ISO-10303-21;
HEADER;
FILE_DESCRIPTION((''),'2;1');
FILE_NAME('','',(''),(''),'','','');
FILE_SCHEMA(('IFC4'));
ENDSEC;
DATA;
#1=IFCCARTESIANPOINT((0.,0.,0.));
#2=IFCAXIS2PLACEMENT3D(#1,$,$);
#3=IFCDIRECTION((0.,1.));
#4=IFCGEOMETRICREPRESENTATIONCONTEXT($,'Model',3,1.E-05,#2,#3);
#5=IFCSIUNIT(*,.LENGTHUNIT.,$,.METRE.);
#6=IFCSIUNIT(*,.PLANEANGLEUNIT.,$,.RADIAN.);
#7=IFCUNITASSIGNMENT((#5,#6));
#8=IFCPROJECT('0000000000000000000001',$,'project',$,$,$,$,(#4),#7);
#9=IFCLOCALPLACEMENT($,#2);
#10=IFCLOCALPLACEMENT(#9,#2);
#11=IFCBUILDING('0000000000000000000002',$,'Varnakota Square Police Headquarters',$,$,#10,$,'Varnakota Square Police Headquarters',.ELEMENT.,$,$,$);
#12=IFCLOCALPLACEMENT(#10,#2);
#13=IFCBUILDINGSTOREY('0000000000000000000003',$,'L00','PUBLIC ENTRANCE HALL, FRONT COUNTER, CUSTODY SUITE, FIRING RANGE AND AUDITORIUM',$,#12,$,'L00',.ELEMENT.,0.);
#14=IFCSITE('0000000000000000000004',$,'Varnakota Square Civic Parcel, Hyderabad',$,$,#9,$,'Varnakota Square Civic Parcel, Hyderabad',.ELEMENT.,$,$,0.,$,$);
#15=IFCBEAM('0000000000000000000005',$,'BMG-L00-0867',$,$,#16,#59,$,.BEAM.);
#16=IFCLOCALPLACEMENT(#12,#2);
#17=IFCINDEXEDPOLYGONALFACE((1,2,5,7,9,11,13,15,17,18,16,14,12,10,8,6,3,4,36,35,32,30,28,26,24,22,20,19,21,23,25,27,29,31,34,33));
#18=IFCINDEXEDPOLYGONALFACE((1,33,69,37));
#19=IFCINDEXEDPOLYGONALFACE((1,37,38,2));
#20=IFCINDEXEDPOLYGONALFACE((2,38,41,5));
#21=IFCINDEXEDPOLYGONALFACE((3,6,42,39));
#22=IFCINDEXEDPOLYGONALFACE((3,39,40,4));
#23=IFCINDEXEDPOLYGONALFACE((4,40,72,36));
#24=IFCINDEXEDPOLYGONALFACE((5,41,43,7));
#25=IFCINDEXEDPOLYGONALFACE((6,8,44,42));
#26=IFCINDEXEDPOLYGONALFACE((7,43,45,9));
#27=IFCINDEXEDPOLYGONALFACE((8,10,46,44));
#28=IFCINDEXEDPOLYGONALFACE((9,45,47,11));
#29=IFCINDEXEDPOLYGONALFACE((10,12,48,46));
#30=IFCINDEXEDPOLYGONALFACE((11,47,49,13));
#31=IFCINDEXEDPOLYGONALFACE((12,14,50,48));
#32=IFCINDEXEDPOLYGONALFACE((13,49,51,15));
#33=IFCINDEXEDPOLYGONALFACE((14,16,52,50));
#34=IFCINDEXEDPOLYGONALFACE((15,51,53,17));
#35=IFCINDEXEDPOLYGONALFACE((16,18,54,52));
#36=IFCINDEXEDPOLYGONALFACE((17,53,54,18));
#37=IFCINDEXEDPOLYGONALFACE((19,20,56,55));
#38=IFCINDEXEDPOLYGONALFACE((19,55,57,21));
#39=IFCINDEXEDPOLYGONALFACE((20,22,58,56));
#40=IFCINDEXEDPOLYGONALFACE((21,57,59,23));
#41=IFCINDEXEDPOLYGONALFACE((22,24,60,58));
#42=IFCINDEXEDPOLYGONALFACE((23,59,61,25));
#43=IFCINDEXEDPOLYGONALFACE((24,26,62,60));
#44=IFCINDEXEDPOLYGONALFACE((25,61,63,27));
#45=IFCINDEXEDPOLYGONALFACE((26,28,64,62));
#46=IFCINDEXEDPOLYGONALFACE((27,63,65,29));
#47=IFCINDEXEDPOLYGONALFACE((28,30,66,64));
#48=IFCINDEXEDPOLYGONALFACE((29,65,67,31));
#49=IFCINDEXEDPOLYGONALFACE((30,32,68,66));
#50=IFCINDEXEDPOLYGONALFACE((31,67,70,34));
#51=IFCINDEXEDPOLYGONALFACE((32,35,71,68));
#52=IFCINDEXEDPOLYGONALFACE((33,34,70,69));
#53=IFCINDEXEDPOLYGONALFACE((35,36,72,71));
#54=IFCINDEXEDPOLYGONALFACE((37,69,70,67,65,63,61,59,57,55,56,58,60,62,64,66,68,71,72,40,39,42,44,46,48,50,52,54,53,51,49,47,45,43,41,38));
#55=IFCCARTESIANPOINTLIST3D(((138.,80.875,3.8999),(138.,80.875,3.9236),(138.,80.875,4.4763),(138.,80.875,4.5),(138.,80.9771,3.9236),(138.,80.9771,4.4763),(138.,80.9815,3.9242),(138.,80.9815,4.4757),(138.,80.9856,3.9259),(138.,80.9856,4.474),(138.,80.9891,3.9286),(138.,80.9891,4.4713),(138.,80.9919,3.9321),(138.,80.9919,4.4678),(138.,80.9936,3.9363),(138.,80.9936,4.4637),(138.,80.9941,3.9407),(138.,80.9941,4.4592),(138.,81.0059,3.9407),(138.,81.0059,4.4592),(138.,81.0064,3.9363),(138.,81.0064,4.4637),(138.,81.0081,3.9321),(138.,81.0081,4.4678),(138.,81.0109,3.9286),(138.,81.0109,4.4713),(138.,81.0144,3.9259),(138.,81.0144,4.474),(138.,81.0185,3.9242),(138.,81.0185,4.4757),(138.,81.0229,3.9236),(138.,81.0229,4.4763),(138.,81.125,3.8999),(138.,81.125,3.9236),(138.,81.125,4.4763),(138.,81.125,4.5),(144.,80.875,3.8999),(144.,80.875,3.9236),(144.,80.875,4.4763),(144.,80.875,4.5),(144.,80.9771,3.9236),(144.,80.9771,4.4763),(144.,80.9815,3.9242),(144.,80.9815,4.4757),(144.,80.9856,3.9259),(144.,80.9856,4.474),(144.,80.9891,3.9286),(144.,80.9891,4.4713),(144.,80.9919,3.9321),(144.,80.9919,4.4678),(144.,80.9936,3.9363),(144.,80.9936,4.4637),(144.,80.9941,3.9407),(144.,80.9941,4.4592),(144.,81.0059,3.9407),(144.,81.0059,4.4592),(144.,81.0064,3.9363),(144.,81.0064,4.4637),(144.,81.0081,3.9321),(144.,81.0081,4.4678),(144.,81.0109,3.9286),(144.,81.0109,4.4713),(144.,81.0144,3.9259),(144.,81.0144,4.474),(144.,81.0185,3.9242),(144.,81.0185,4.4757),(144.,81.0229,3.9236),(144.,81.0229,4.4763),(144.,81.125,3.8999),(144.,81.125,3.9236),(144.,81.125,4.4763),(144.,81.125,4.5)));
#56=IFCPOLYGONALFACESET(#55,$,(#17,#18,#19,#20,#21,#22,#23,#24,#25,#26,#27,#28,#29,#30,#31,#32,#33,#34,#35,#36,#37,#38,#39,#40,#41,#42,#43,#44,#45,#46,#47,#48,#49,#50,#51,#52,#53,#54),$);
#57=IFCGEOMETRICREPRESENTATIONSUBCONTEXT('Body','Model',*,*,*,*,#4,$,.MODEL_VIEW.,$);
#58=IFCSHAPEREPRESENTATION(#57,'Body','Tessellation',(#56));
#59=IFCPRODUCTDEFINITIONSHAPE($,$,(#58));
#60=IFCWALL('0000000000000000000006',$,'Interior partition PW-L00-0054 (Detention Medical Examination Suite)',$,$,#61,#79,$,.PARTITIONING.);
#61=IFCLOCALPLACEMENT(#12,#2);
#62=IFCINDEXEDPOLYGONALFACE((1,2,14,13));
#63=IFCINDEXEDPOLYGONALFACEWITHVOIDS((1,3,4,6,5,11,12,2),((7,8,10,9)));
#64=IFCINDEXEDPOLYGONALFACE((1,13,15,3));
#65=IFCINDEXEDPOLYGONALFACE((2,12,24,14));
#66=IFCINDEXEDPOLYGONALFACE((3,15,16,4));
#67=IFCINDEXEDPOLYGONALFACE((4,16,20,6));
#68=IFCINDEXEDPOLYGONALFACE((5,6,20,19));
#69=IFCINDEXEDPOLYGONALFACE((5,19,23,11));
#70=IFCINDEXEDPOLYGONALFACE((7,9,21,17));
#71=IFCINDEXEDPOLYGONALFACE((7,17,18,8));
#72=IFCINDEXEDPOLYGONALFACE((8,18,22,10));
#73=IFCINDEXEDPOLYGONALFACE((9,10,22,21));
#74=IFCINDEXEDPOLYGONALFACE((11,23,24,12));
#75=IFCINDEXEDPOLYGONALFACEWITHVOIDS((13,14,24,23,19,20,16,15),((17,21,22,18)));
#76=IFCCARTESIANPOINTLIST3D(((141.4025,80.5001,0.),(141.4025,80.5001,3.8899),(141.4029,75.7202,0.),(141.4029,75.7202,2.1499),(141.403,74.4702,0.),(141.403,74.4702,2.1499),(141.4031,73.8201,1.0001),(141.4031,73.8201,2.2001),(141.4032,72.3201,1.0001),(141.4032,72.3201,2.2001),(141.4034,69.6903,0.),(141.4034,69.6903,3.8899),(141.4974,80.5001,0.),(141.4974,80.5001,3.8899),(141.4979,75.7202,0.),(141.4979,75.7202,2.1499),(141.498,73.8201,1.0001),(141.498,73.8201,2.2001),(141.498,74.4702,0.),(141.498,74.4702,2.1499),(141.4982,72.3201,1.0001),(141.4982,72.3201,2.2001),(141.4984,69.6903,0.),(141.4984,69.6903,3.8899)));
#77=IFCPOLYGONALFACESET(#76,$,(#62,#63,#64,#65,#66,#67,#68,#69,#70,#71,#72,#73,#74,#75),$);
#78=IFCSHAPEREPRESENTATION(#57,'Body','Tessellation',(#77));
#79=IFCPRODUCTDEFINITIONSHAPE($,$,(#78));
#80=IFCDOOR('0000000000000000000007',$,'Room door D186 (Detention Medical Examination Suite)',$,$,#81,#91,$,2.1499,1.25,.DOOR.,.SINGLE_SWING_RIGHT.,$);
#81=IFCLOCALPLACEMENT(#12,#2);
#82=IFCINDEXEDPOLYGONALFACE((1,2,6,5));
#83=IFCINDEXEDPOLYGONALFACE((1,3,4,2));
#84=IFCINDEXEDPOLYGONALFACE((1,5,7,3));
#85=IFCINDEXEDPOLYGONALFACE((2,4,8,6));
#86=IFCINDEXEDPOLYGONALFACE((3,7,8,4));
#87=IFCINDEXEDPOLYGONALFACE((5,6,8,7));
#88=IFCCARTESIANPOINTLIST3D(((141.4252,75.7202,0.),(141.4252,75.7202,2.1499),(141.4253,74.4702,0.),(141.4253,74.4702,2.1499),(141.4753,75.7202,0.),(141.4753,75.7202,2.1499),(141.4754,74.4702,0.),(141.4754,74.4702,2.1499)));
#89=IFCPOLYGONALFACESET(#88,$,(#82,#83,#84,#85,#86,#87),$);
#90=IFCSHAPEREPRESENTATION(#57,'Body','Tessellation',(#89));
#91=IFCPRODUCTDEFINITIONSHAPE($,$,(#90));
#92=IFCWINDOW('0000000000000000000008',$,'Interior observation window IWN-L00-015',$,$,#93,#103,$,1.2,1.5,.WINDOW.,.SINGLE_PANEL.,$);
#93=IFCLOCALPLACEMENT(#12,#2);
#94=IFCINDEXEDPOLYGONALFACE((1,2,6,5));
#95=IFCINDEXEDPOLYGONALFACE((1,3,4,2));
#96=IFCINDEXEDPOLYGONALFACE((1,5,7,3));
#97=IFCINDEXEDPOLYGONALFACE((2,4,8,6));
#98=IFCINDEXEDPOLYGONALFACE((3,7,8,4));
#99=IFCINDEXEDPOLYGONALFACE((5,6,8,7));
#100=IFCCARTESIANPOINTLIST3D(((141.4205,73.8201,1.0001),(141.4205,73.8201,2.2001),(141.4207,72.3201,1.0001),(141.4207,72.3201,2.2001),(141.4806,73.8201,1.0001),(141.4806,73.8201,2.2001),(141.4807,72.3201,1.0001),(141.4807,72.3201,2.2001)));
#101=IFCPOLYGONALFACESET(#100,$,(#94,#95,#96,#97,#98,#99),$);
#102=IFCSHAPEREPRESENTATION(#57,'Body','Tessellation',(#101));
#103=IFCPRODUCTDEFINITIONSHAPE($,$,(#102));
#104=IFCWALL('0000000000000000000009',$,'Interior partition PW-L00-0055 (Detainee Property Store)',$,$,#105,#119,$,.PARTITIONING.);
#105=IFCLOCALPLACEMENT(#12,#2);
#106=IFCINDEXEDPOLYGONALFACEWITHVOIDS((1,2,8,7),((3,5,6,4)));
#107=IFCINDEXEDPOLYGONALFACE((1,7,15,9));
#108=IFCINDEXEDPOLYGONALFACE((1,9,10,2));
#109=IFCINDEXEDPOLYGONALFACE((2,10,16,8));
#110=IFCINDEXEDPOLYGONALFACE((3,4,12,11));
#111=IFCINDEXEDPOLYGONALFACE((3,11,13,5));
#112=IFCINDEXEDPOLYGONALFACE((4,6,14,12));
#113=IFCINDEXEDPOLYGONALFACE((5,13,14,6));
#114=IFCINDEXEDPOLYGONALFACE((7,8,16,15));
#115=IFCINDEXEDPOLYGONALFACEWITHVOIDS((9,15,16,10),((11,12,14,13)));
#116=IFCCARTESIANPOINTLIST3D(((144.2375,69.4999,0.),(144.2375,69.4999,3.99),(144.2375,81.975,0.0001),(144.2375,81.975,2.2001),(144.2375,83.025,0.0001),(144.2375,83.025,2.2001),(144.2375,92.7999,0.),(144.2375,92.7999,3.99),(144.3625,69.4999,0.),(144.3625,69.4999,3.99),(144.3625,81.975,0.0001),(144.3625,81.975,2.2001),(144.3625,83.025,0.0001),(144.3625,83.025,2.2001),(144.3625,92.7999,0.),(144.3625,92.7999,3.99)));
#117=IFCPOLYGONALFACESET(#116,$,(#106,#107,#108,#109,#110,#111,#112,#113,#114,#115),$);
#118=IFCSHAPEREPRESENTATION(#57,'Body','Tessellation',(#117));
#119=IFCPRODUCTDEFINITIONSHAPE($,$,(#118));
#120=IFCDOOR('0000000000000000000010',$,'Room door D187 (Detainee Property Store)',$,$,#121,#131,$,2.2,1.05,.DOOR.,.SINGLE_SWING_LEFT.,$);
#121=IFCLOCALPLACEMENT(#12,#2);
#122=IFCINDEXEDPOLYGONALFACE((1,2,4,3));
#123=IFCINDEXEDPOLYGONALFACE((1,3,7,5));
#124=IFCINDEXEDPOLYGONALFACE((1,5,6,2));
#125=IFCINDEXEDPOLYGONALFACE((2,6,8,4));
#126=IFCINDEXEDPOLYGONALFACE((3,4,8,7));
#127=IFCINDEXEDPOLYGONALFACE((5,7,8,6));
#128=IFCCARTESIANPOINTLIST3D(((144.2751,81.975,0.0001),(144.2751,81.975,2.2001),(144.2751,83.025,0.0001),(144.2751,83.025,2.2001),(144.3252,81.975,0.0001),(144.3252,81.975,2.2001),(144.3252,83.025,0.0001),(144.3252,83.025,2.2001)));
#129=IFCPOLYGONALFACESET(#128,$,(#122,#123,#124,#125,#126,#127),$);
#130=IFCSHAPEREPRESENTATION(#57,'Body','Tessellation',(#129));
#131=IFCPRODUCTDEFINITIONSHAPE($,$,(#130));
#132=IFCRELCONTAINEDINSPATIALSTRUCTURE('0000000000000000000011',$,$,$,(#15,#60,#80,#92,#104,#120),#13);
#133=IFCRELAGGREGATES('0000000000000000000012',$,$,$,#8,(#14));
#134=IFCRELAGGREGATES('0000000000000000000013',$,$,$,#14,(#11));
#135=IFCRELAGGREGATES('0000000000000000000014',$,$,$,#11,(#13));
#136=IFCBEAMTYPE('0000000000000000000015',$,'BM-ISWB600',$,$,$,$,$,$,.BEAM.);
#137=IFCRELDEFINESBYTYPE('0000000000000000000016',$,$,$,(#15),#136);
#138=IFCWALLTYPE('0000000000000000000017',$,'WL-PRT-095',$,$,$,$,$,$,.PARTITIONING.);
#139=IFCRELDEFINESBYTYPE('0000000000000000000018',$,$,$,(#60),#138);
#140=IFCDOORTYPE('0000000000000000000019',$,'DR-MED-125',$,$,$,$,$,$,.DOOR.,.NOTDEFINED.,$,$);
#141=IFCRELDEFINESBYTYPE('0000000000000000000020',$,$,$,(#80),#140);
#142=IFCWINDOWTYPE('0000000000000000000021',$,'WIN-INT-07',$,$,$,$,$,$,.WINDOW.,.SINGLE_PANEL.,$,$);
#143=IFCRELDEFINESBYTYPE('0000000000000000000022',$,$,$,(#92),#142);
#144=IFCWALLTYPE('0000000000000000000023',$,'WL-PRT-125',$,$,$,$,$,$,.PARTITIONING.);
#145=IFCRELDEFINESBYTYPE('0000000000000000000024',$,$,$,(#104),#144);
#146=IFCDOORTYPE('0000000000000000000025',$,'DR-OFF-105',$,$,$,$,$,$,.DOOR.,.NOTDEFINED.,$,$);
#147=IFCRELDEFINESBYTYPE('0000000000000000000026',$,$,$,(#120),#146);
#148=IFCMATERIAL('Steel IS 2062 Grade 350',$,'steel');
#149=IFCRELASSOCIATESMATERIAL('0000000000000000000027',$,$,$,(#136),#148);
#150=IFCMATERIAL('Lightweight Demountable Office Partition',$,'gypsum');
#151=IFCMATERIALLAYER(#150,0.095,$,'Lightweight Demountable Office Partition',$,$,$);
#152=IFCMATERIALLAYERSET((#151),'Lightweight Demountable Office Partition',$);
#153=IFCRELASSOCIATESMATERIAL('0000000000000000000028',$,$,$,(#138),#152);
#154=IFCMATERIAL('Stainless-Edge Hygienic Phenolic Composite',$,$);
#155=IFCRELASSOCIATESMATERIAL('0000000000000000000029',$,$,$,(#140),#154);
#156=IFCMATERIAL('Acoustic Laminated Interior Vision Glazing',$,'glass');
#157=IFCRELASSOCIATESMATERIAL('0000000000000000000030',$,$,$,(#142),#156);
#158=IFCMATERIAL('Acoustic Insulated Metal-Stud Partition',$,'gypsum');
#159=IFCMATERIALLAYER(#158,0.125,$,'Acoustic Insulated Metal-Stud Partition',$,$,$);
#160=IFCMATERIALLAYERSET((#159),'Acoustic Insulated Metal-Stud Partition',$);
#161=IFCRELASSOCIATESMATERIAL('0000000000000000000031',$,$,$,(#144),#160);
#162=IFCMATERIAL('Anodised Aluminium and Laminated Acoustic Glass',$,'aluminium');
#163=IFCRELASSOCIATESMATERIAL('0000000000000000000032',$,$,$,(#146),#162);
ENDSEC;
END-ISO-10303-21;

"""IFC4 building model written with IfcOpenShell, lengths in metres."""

from ifc_helpers import new_model, si_unit, direction, frame, frame_2d, origin, origin_2d, place, context, subcontext, project, spatial, rectangle, i_section, extrude, material, layer, layer_set, material_profile, profile_set, type_object, element, fill, save


model = new_model("IFC4")

# Units and contexts
model_context = context("Model", 3, precision=1e-05, world=origin(), true_north=direction((0.0, 1.0)))
body_context = subcontext(model_context, "Body", "Model", "MODEL_VIEW")
ifc_project = project(units=[si_unit("LENGTHUNIT", "METRE"), si_unit("PLANEANGLEUNIT", "RADIAN")], contexts=[model_context])

# Site, building, storey
site_placement = place(None, origin())
site = spatial("IfcSite", under=ifc_project, at=site_placement, Name="Varnakota Square Civic Parcel, Hyderabad", LongName="Varnakota Square Civic Parcel, Hyderabad", CompositionType="ELEMENT", RefElevation=0.0)
building_placement = place(site_placement, origin())
building = spatial("IfcBuilding", under=site, at=building_placement, Name="Varnakota Square Police Headquarters", LongName="Varnakota Square Police Headquarters", CompositionType="ELEMENT")
storey_placement = place(building_placement, origin())
storey = spatial("IfcBuildingStorey", under=building, at=storey_placement, Name="L00", Description="PUBLIC ENTRANCE HALL, FRONT COUNTER, CUSTODY SUITE, FIRING RANGE AND AUDITORIUM", LongName="L00", CompositionType="ELEMENT", Elevation=0.0)

# Beam
ifc_material_1 = material(Name="Steel IS 2062 Grade 350", Category="steel")
ifc_material_profile_1 = material_profile(ifc_material_1, i_section(OverallWidth=0.25, OverallDepth=0.6001, WebThickness=0.0117, FlangeThickness=0.0237, FilletRadius=0.0171, at=origin_2d()), Name="ISWB 600")
ifc_profile_set_1 = profile_set([ifc_material_profile_1], Name="Steel IS 2062 Grade 350")
beam_type_1 = type_object("IfcBeamType", Name="BM-ISWB600", PredefinedType="BEAM", material=ifc_profile_set_1)
for number, where, z_axis, x_axis, name in (
    (1, (138.0, 81.0, 4.2), (1.0, 0.0, 0.0), (0.0, 1.0, 0.0), "BMG-L00-0867"),
):
    element("IfcBeam", number, at=place(storey_placement, frame(where, z_axis=z_axis, x_axis=x_axis)), inside=storey, type_object=beam_type_1, Name=name, PredefinedType="BEAM", context=body_context, shape_type="SweptSolid", body=[
        extrude(i_section(OverallWidth=0.25, OverallDepth=0.6001, WebThickness=0.0117, FlangeThickness=0.0237, FilletRadius=0.0171, at=origin_2d()), origin(), (0.0, 0.0, 1.0), 6.0),
    ])

# Wall, openings, door, window
ifc_material_2 = material(Name="Lightweight Demountable Office Partition", Category="gypsum")
ifc_layer_1 = layer(ifc_material_2, 0.095, Name="Lightweight Demountable Office Partition")
ifc_layer_set_1 = layer_set([ifc_layer_1], Name="Lightweight Demountable Office Partition")
wall_type_1 = type_object("IfcWallType", Name="WL-PRT-095", PredefinedType="PARTITIONING", material=ifc_layer_set_1)
wall_1_placement = place(storey_placement, frame((141.45, 80.5, 0.0), z_axis=(0.0, 0.0, 1.0), x_axis=(0.00009, -1.0, 0.0)))
wall_1 = element("IfcWall", 2, at=wall_1_placement, inside=storey, type_object=wall_type_1, Name="Interior partition PW-L00-0054 (Detention Medical Examination Suite)", PredefinedType="PARTITIONING", context=body_context, shape_type="SweptSolid", body=[
    extrude(rectangle(XDim=10.8098, YDim=0.095, at=frame_2d((5.4048, 0.0))), origin(), (0.0, 0.0, 1.0), 3.8899),
])
opening_1_placement = place(wall_1_placement, frame((4.7798, 0.0, 0.0)))
opening_1 = element("IfcOpeningElement", 3, at=opening_1_placement, cuts=wall_1, PredefinedType="OPENING", context=body_context, shape_type="SweptSolid", body=[
    extrude(rectangle(XDim=1.25, YDim=2.1499, at=frame_2d((0.625, 1.075))), frame((0.0, 0.0574, 0.0), z_axis=(0.0, -1.0, 0.0), x_axis=(1.0, 0.0, 0.0)), (0.0, 0.0, 1.0), 0.115),
])
opening_2_placement = place(wall_1_placement, frame((6.6799, 0.0, 1.0)))
opening_2 = element("IfcOpeningElement", 4, at=opening_2_placement, cuts=wall_1, PredefinedType="OPENING", context=body_context, shape_type="SweptSolid", body=[
    extrude(rectangle(XDim=1.5, YDim=1.2, at=frame_2d((0.75, 0.6001))), frame((0.0, 0.0574, 0.0), z_axis=(0.0, -1.0, 0.0), x_axis=(1.0, 0.0, 0.0)), (0.0, 0.0, 1.0), 0.115),
])
ifc_material_3 = material(Name="Stainless-Edge Hygienic Phenolic Composite")
door_type_1 = type_object("IfcDoorType", Name="DR-MED-125", OperationType="NOTDEFINED", PredefinedType="DOOR", material=ifc_material_3)
door_1_placement = place(opening_1_placement, origin())
door_1 = element("IfcDoor", 5, at=door_1_placement, inside=storey, type_object=door_type_1, Name="Room door D186 (Detention Medical Examination Suite)", OperationType="SINGLE_SWING_RIGHT", OverallHeight=2.1499, OverallWidth=1.25, PredefinedType="DOOR", context=body_context, shape_type="SweptSolid", body=[
    extrude(rectangle(XDim=1.25, YDim=2.1499, at=frame_2d((0.625, 1.075))), frame((0.0, 0.0249, 0.0), z_axis=(0.0, -1.0, 0.0), x_axis=(1.0, 0.0, 0.0)), (0.0, 0.0, 1.0), 0.05),
])
fill(opening_1, door_1)
ifc_material_4 = material(Name="Acoustic Laminated Interior Vision Glazing", Category="glass")
window_type = type_object("IfcWindowType", Name="WIN-INT-07", PartitioningType="SINGLE_PANEL", PredefinedType="WINDOW", material=ifc_material_4)
window_placement = place(opening_2_placement, origin())
window = element("IfcWindow", 6, at=window_placement, inside=storey, type_object=window_type, Name="Interior observation window IWN-L00-015", OverallHeight=1.2, OverallWidth=1.5, PartitioningType="SINGLE_PANEL", PredefinedType="WINDOW", context=body_context, shape_type="SweptSolid", body=[
    extrude(rectangle(XDim=1.5, YDim=1.2, at=frame_2d((0.75, 0.6001))), frame((0.0, 0.03, 0.0), z_axis=(0.0, -1.0, 0.0), x_axis=(1.0, 0.0, 0.0)), (0.0, 0.0, 1.0), 0.0601),
])
fill(opening_2, window)

# Wall, opening, door
ifc_material_5 = material(Name="Acoustic Insulated Metal-Stud Partition", Category="gypsum")
ifc_layer_2 = layer(ifc_material_5, 0.125, Name="Acoustic Insulated Metal-Stud Partition")
ifc_layer_set_2 = layer_set([ifc_layer_2], Name="Acoustic Insulated Metal-Stud Partition")
wall_type_2 = type_object("IfcWallType", Name="WL-PRT-125", PredefinedType="PARTITIONING", material=ifc_layer_set_2)
wall_2_placement = place(storey_placement, frame((144.3, 69.5, 0.0), z_axis=(0.0, 0.0, 1.0), x_axis=(0.0, 1.0, 0.0)))
wall_2 = element("IfcWall", 7, at=wall_2_placement, inside=storey, type_object=wall_type_2, Name="Interior partition PW-L00-0055 (Detainee Property Store)", PredefinedType="PARTITIONING", context=body_context, shape_type="SweptSolid", body=[
    extrude(rectangle(XDim=23.3, YDim=0.125, at=frame_2d((11.6499, 0.0))), origin(), (0.0, 0.0, 1.0), 3.99),
])
opening_3_placement = place(wall_2_placement, frame((12.4751, 0.0, 0.0)))
opening_3 = element("IfcOpeningElement", 8, at=opening_3_placement, cuts=wall_2, PredefinedType="OPENING", context=body_context, shape_type="SweptSolid", body=[
    extrude(rectangle(XDim=1.05, YDim=2.2, at=frame_2d((0.5249, 1.1001))), frame((0.0, 0.0725, 0.0), z_axis=(0.0, -1.0, 0.0), x_axis=(1.0, 0.0, 0.0)), (0.0, 0.0, 1.0), 0.145),
])
ifc_material_6 = material(Name="Anodised Aluminium and Laminated Acoustic Glass", Category="aluminium")
door_type_2 = type_object("IfcDoorType", Name="DR-OFF-105", OperationType="NOTDEFINED", PredefinedType="DOOR", material=ifc_material_6)
door_2_placement = place(opening_3_placement, origin())
door_2 = element("IfcDoor", 9, at=door_2_placement, inside=storey, type_object=door_type_2, Name="Room door D187 (Detainee Property Store)", OperationType="SINGLE_SWING_LEFT", OverallHeight=2.2, OverallWidth=1.05, PredefinedType="DOOR", context=body_context, shape_type="SweptSolid", body=[
    extrude(rectangle(XDim=1.05, YDim=2.2, at=frame_2d((0.5249, 1.1001))), frame((0.0, 0.0249, 0.0), z_axis=(0.0, -1.0, 0.0), x_axis=(1.0, 0.0, 0.0)), (0.0, 0.0, 1.0), 0.05),
])
fill(opening_3, door_2)

save(model, "model.ifc")
